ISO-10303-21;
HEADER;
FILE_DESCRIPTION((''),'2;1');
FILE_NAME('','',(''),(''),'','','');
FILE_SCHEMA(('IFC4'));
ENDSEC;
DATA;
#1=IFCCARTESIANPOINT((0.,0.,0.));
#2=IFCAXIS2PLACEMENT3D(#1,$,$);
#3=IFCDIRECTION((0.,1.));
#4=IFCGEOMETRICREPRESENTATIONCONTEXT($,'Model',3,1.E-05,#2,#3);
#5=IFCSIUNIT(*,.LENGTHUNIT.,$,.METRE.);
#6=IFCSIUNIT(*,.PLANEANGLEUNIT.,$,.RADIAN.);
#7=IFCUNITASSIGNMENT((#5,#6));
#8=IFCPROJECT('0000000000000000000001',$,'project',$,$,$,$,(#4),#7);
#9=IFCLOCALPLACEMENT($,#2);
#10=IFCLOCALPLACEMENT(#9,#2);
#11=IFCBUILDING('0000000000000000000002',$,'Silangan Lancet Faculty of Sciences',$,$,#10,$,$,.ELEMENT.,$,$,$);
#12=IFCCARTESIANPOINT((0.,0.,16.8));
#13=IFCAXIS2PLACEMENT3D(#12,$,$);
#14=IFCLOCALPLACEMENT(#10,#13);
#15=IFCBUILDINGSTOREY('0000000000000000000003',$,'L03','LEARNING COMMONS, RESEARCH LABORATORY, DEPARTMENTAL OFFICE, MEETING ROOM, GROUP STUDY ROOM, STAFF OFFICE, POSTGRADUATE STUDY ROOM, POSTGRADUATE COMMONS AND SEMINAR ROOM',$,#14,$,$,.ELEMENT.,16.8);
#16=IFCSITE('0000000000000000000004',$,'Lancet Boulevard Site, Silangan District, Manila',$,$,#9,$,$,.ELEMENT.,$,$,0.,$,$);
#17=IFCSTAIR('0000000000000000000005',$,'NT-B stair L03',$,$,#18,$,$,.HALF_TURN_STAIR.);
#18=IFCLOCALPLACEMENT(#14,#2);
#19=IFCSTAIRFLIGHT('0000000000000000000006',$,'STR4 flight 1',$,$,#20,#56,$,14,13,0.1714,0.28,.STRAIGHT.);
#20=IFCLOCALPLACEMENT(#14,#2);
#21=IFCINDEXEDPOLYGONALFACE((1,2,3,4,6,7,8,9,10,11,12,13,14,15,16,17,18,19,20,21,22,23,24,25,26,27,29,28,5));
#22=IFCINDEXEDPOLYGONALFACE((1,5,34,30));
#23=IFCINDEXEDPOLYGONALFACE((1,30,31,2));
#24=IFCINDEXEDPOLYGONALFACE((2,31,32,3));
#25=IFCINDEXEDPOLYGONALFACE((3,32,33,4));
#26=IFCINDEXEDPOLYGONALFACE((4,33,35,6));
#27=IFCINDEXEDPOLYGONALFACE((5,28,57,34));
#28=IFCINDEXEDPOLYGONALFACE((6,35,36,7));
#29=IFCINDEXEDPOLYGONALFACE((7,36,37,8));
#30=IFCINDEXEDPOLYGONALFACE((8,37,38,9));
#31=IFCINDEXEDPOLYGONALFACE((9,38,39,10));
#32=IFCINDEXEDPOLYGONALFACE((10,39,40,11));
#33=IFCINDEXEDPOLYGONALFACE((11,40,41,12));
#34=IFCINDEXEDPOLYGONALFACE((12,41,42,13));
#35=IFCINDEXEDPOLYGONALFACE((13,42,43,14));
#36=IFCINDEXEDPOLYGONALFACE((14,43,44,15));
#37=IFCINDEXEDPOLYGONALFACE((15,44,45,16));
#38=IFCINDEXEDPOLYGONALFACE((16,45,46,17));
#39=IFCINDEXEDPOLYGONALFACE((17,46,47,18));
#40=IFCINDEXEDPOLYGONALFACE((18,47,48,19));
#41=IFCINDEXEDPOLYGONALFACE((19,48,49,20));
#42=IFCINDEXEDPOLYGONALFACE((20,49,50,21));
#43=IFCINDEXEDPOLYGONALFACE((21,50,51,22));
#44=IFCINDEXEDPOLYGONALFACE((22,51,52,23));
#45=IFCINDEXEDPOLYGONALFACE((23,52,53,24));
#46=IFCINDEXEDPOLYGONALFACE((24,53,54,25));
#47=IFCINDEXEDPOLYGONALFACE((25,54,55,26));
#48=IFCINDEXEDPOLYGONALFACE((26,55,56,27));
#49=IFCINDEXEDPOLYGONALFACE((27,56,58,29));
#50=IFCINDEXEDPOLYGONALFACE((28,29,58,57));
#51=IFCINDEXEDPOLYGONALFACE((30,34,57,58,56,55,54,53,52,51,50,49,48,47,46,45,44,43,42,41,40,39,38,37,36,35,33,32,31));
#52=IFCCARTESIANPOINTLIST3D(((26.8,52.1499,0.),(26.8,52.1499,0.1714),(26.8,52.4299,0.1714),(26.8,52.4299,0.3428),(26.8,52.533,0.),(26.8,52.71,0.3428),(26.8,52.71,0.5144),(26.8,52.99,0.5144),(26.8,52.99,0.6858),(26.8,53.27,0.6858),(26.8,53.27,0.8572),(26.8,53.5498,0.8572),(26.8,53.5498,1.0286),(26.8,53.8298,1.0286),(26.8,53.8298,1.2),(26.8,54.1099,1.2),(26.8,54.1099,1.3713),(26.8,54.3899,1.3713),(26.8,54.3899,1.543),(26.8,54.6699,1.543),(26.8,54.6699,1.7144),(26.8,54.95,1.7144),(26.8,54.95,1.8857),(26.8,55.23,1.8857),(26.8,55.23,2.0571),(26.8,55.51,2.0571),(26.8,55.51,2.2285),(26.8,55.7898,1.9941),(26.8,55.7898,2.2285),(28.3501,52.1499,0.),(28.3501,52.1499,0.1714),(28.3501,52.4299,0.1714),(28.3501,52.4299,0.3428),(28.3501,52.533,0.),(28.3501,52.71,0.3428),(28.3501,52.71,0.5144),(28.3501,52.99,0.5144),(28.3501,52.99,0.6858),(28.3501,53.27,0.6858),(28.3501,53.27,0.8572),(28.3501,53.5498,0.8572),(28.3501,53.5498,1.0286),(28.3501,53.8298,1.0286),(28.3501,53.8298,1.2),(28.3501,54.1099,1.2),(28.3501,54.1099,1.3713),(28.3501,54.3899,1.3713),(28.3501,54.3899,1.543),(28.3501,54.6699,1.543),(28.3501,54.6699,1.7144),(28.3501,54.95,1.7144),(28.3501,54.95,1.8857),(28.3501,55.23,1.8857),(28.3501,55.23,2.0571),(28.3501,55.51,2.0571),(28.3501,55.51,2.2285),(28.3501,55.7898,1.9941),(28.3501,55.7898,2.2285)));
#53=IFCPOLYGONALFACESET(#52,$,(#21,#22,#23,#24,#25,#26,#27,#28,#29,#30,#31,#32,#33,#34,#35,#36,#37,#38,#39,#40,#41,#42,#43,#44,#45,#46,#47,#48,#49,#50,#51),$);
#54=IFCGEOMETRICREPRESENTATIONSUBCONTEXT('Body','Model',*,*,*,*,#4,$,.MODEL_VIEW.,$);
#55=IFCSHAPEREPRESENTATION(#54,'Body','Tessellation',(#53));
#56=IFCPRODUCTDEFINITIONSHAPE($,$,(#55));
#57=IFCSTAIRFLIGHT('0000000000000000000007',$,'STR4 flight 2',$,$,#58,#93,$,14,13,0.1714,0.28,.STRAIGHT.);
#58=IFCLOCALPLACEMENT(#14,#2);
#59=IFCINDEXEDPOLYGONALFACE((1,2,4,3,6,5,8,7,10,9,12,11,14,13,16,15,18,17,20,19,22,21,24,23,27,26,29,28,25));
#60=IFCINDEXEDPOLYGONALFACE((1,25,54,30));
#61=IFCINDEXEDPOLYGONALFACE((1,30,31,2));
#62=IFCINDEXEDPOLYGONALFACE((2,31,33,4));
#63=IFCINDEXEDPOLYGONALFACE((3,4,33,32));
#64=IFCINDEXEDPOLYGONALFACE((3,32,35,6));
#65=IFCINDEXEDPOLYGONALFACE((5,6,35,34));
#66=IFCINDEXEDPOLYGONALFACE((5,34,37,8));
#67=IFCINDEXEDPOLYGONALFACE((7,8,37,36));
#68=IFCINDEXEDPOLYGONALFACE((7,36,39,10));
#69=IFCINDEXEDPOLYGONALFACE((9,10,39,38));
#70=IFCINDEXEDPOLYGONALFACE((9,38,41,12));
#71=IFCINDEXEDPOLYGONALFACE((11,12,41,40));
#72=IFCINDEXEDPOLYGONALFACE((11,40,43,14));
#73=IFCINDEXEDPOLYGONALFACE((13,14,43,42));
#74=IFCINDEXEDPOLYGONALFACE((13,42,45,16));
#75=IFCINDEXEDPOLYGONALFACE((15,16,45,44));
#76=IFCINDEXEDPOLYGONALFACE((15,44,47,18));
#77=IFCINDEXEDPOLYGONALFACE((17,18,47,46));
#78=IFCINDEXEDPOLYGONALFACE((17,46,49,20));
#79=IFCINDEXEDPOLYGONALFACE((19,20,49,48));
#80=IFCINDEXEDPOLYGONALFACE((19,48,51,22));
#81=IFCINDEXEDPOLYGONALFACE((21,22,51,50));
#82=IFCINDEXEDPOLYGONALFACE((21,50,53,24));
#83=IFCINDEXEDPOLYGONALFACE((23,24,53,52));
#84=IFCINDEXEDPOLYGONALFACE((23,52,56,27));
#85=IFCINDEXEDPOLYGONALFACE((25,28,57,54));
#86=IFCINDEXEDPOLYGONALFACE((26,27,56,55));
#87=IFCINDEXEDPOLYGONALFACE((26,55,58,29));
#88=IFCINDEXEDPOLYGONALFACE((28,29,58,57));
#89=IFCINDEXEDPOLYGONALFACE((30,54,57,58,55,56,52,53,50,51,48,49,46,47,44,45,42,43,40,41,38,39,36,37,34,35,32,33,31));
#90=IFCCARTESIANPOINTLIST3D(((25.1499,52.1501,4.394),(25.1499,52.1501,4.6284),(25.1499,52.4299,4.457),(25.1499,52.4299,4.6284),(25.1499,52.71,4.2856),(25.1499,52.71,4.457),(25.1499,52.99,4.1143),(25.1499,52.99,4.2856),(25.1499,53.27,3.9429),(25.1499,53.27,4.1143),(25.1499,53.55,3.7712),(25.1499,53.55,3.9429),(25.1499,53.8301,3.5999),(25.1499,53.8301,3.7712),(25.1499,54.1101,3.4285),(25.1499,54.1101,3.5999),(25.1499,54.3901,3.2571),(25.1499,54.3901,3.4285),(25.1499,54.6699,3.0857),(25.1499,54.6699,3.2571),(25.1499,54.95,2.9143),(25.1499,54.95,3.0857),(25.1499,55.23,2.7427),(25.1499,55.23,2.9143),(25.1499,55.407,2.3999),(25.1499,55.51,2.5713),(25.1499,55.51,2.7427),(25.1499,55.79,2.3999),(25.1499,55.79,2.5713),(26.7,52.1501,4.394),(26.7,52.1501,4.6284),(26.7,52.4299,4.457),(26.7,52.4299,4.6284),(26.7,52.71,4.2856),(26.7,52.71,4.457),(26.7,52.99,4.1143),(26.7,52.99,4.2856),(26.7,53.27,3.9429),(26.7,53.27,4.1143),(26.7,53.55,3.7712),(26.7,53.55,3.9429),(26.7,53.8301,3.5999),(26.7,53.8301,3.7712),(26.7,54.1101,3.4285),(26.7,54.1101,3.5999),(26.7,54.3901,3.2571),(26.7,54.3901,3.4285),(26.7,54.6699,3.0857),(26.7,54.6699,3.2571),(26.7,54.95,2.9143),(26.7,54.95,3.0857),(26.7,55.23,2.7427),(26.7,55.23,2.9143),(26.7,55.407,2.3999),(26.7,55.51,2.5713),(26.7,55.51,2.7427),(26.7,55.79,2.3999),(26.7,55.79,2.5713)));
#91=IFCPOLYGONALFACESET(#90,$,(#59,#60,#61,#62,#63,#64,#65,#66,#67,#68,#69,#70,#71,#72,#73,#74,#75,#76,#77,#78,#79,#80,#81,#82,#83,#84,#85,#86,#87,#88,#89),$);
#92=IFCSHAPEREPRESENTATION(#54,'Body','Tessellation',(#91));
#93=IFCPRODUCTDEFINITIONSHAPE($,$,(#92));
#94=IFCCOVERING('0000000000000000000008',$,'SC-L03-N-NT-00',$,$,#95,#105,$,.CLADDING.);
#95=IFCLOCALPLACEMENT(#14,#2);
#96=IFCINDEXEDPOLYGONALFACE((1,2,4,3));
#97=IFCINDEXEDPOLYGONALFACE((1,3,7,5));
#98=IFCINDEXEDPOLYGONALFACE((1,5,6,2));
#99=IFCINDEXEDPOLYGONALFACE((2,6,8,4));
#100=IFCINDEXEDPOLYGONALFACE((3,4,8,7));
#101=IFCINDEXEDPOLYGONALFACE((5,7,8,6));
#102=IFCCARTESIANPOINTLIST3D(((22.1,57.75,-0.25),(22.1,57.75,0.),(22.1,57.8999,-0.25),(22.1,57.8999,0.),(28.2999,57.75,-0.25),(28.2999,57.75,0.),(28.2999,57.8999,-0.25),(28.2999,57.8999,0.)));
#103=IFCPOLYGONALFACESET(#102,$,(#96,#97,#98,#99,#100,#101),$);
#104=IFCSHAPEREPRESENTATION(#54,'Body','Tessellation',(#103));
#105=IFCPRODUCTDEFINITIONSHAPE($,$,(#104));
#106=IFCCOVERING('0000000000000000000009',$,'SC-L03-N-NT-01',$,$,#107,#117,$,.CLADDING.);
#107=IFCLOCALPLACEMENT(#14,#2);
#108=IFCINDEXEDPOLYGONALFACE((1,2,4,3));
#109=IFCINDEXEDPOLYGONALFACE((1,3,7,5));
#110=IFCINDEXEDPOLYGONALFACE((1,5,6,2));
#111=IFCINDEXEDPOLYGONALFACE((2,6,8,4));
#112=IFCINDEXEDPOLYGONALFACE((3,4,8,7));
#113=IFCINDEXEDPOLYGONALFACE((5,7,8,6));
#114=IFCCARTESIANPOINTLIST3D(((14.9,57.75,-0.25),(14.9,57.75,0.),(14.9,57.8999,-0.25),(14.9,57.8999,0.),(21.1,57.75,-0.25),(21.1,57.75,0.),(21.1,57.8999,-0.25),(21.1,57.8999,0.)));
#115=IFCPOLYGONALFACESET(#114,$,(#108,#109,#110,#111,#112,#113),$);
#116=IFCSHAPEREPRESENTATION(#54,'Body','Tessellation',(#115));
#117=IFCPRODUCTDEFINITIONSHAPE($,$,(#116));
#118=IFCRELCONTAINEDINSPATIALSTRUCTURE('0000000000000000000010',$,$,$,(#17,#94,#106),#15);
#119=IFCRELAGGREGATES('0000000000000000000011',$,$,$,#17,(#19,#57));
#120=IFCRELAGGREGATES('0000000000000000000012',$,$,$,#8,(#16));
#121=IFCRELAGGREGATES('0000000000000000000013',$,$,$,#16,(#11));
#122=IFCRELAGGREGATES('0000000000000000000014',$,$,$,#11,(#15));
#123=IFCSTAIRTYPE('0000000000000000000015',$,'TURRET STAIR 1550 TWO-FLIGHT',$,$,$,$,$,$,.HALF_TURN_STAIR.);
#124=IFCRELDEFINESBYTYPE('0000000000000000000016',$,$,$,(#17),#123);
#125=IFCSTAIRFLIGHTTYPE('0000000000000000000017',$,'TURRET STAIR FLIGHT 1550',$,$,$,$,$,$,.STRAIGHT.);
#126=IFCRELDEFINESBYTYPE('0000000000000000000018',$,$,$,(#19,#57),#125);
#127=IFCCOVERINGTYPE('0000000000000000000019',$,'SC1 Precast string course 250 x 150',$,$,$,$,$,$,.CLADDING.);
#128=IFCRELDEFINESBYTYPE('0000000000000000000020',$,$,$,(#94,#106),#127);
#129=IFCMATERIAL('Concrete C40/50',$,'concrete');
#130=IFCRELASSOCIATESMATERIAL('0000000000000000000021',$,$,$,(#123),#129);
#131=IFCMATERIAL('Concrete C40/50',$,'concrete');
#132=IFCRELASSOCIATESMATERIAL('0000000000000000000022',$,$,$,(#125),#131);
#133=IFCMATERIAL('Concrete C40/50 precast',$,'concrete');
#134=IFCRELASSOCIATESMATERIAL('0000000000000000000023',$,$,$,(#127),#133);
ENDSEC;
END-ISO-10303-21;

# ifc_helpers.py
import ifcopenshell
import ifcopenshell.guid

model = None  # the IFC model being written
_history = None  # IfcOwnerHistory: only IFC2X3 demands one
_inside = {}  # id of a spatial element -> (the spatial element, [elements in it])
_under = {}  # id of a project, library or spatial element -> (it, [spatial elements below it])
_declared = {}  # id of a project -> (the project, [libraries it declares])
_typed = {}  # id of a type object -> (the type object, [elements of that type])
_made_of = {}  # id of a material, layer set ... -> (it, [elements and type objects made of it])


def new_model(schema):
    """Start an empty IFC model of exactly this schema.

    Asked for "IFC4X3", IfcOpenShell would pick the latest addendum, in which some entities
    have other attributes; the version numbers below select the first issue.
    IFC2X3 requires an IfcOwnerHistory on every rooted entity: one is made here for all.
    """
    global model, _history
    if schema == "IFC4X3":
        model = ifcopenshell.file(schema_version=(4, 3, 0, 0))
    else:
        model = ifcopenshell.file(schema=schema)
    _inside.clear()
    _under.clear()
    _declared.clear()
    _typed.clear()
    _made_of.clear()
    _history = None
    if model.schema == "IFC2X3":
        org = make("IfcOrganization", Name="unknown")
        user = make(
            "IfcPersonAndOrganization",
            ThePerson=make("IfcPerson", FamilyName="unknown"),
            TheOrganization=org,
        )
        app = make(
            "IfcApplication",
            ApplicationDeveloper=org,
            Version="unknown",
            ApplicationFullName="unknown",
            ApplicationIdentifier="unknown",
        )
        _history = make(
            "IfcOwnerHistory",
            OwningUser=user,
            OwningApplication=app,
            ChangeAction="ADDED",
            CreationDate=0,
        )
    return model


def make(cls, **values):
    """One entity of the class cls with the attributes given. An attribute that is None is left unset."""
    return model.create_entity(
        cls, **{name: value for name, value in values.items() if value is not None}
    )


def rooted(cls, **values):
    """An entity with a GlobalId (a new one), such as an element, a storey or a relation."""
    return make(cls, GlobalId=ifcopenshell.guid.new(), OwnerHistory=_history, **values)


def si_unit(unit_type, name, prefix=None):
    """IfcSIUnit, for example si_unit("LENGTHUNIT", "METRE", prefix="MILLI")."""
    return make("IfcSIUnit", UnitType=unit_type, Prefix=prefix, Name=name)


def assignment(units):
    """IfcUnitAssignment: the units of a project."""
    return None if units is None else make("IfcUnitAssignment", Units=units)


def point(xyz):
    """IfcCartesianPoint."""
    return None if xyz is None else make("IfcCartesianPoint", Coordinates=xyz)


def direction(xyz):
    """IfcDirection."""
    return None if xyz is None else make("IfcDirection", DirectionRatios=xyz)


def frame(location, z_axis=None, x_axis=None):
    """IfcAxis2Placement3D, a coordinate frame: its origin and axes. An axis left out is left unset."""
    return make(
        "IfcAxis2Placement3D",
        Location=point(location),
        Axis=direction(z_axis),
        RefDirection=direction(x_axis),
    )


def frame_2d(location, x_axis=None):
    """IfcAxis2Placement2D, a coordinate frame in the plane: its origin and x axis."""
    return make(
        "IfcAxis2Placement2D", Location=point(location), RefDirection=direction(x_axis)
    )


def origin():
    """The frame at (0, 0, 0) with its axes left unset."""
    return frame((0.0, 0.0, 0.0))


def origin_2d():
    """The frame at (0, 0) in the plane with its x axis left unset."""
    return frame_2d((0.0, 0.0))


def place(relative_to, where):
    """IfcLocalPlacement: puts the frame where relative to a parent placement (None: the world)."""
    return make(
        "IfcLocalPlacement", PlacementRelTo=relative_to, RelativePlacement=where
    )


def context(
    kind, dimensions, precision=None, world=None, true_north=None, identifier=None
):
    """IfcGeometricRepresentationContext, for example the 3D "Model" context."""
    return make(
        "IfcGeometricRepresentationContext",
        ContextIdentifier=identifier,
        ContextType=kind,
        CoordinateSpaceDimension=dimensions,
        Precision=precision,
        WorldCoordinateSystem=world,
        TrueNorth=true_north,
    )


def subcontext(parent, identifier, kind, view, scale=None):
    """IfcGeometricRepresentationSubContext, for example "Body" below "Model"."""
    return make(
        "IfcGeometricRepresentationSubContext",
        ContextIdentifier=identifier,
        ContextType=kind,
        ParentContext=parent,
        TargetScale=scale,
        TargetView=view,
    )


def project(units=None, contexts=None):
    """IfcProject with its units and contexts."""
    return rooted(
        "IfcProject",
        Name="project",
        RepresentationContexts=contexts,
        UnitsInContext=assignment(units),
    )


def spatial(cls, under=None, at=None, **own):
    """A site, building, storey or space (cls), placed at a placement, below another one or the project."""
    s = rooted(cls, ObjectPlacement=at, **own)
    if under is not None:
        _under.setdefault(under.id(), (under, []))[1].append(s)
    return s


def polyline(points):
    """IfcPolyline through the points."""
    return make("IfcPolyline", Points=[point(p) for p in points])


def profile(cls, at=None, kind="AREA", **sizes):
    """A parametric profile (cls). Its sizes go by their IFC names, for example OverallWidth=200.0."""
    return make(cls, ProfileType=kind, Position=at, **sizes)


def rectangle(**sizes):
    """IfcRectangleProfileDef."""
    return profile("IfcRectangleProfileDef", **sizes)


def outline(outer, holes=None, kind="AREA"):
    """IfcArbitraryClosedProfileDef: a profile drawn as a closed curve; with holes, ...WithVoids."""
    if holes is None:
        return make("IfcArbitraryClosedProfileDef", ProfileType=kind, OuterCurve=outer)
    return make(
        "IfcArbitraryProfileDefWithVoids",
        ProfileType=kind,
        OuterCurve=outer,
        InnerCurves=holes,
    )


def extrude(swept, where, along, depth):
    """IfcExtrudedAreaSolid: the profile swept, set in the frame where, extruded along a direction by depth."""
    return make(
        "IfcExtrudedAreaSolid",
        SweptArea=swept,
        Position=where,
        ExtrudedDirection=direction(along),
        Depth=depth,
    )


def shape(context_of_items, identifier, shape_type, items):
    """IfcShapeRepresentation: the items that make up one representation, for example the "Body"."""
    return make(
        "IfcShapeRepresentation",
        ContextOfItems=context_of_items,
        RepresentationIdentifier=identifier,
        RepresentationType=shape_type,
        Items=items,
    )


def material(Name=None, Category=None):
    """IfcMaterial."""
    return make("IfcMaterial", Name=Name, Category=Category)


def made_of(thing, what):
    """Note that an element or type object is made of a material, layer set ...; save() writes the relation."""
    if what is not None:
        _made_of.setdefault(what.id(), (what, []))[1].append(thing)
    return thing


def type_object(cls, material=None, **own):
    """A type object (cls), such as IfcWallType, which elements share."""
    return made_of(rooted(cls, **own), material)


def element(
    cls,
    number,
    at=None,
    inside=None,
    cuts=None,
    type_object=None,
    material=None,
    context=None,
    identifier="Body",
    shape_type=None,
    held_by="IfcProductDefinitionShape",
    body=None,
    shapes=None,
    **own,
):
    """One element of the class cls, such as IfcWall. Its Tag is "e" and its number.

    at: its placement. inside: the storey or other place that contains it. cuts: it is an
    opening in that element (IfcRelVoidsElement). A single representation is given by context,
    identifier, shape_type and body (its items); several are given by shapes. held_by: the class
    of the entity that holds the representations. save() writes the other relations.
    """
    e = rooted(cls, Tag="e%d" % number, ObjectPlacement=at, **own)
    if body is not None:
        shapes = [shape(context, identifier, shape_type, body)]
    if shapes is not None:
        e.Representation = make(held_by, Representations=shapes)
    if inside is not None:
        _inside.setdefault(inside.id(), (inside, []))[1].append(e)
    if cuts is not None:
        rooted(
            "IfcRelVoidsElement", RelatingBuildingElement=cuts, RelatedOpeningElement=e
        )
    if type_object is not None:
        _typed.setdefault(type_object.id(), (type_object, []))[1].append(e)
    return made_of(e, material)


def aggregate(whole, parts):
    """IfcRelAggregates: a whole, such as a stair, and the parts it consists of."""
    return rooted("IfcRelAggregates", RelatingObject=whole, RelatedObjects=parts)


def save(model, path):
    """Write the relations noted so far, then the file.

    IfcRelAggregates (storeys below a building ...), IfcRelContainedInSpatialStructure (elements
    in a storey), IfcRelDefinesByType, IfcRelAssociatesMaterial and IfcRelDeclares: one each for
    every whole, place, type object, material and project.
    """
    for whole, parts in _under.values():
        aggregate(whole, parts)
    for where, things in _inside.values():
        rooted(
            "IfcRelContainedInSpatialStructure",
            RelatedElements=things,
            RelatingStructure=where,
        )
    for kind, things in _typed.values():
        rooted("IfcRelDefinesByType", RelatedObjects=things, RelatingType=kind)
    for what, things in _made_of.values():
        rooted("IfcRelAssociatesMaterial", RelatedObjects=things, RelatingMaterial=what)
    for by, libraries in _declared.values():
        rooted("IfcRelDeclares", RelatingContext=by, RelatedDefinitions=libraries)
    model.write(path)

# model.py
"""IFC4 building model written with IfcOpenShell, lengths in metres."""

from ifc_helpers import new_model, si_unit, direction, frame, origin, origin_2d, place, context, subcontext, project, spatial, polyline, rectangle, outline, extrude, material, type_object, element, aggregate, save


model = new_model("IFC4")

# Units and contexts
model_context = context("Model", 3, precision=1e-05, world=origin(), true_north=direction((0.0, 1.0)))
body_context = subcontext(model_context, "Body", "Model", "MODEL_VIEW")
ifc_project = project(units=[si_unit("LENGTHUNIT", "METRE"), si_unit("PLANEANGLEUNIT", "RADIAN")], contexts=[model_context])

# Site, building, storey
site_placement = place(None, origin())
site = spatial("IfcSite", under=ifc_project, at=site_placement, Name="Lancet Boulevard Site, Silangan District, Manila", CompositionType="ELEMENT", RefElevation=0.0)
building_placement = place(site_placement, origin())
building = spatial("IfcBuilding", under=site, at=building_placement, Name="Silangan Lancet Faculty of Sciences", CompositionType="ELEMENT")
storey_placement = place(building_placement, frame((0.0, 0.0, 16.8)))
storey = spatial("IfcBuildingStorey", under=building, at=storey_placement, Name="L03", Description="LEARNING COMMONS, RESEARCH LABORATORY, DEPARTMENTAL OFFICE, MEETING ROOM, GROUP STUDY ROOM, STAFF OFFICE, POSTGRADUATE STUDY ROOM, POSTGRADUATE COMMONS AND SEMINAR ROOM", CompositionType="ELEMENT", Elevation=16.8)

# Stair, stair flights
ifc_material_1 = material(Name="Concrete C40/50", Category="concrete")
stair_type = type_object("IfcStairType", Name="TURRET STAIR 1550 TWO-FLIGHT", PredefinedType="HALF_TURN_STAIR", material=ifc_material_1)
stair_placement = place(storey_placement, origin())
stair = element("IfcStair", 1, at=stair_placement, inside=storey, type_object=stair_type, Name="NT-B stair L03", PredefinedType="HALF_TURN_STAIR")
ifc_material_2 = material(Name="Concrete C40/50", Category="concrete")
stair_flight_type = type_object("IfcStairFlightType", Name="TURRET STAIR FLIGHT 1550", PredefinedType="STRAIGHT", material=ifc_material_2)
stair_flight_1_placement = place(storey_placement, frame((27.575, 52.1499, 0.0), z_axis=(0.0, 0.0, 1.0), x_axis=(0.0, 1.0, 0.0)))
stair_flight_1 = element("IfcStairFlight", 2, at=stair_flight_1_placement, type_object=stair_flight_type, Name="STR4 flight 1", NumberOfRisers=14, NumberOfTreads=13, PredefinedType="STRAIGHT", RiserHeight=0.1714, TreadLength=0.28, context=body_context, shape_type="SweptSolid", body=[
    extrude(outline(polyline([(0.0, 0.0), (0.0, 0.1714), (0.28, 0.1714), (0.28, 0.3428), (0.5601, 0.3428), (0.5601, 0.5144), (0.8401, 0.5144), (0.8401, 0.6858), (1.1201, 0.6858), (1.1201, 0.8572), (1.3999, 0.8572), (1.3999, 1.0286), (1.6799, 1.0286), (1.6799, 1.2), (1.96, 1.2), (1.96, 1.3713), (2.24, 1.3713), (2.24, 1.543), (2.52, 1.543), (2.52, 1.7144), (2.8, 1.7144), (2.8, 1.8857), (3.0801, 1.8857), (3.0801, 2.0571), (3.3601, 2.0571), (3.3601, 2.2285), (3.6399, 2.2285), (3.6399, 2.3999), (3.6399, 1.9941), (0.3831, 0.0), (0.0, 0.0)])), frame((0.0, 0.7749, 0.0), z_axis=(0.0, -1.0, 0.0), x_axis=(1.0, 0.0, 0.0)), (0.0, 0.0, 1.0), 1.55),
])
stair_flight_2_placement = place(storey_placement, frame((25.925, 55.79, 2.3999), z_axis=(0.0, 0.0, 1.0), x_axis=(0.0, -1.0, 0.0)))
stair_flight_2 = element("IfcStairFlight", 3, at=stair_flight_2_placement, type_object=stair_flight_type, Name="STR4 flight 2", NumberOfRisers=14, NumberOfTreads=13, PredefinedType="STRAIGHT", RiserHeight=0.1714, TreadLength=0.28, context=body_context, shape_type="SweptSolid", body=[
    extrude(outline(polyline([(0.0, 0.0), (0.0, 0.1714), (0.28, 0.1714), (0.28, 0.3428), (0.5601, 0.3428), (0.5601, 0.5144), (0.8401, 0.5144), (0.8401, 0.6858), (1.1201, 0.6858), (1.1201, 0.8572), (1.3999, 0.8572), (1.3999, 1.0286), (1.6799, 1.0286), (1.6799, 1.2), (1.96, 1.2), (1.96, 1.3713), (2.24, 1.3713), (2.24, 1.543), (2.52, 1.543), (2.52, 1.7144), (2.8, 1.7144), (2.8, 1.8857), (3.0801, 1.8857), (3.0801, 2.0571), (3.3601, 2.0571), (3.3601, 2.2285), (3.6399, 2.2285), (3.6399, 2.3999), (3.6399, 1.9941), (0.3831, 0.0), (0.0, 0.0)])), frame((0.0, 0.7749, 0.0), z_axis=(0.0, -1.0, 0.0), x_axis=(1.0, 0.0, 0.0)), (0.0, 0.0, 1.0), 1.55),
])
aggregate(stair, [stair_flight_1, stair_flight_2])

# Coverings
ifc_material_3 = material(Name="Concrete C40/50 precast", Category="concrete")
covering_type = type_object("IfcCoveringType", Name="SC1 Precast string course 250 x 150", PredefinedType="CLADDING", material=ifc_material_3)
for number, where, z_axis, x_axis, name in (
    (4, (25.2, 57.825, -0.25), (0.0, 0.0, 1.0), (1.0, 0.0, 0.0), "SC-L03-N-NT-00"),
    (5, (18.0, 57.825, -0.25), (0.0, 0.0, 1.0), (1.0, 0.0, 0.0), "SC-L03-N-NT-01"),
):
    element("IfcCovering", number, at=place(storey_placement, frame(where, z_axis=z_axis, x_axis=x_axis)), inside=storey, type_object=covering_type, Name=name, PredefinedType="CLADDING", context=body_context, shape_type="SweptSolid", body=[
        extrude(rectangle(XDim=6.2, YDim=0.1499, at=origin_2d()), origin(), (0.0, 0.0, 1.0), 0.25),
    ])

save(model, "model.ifc")
